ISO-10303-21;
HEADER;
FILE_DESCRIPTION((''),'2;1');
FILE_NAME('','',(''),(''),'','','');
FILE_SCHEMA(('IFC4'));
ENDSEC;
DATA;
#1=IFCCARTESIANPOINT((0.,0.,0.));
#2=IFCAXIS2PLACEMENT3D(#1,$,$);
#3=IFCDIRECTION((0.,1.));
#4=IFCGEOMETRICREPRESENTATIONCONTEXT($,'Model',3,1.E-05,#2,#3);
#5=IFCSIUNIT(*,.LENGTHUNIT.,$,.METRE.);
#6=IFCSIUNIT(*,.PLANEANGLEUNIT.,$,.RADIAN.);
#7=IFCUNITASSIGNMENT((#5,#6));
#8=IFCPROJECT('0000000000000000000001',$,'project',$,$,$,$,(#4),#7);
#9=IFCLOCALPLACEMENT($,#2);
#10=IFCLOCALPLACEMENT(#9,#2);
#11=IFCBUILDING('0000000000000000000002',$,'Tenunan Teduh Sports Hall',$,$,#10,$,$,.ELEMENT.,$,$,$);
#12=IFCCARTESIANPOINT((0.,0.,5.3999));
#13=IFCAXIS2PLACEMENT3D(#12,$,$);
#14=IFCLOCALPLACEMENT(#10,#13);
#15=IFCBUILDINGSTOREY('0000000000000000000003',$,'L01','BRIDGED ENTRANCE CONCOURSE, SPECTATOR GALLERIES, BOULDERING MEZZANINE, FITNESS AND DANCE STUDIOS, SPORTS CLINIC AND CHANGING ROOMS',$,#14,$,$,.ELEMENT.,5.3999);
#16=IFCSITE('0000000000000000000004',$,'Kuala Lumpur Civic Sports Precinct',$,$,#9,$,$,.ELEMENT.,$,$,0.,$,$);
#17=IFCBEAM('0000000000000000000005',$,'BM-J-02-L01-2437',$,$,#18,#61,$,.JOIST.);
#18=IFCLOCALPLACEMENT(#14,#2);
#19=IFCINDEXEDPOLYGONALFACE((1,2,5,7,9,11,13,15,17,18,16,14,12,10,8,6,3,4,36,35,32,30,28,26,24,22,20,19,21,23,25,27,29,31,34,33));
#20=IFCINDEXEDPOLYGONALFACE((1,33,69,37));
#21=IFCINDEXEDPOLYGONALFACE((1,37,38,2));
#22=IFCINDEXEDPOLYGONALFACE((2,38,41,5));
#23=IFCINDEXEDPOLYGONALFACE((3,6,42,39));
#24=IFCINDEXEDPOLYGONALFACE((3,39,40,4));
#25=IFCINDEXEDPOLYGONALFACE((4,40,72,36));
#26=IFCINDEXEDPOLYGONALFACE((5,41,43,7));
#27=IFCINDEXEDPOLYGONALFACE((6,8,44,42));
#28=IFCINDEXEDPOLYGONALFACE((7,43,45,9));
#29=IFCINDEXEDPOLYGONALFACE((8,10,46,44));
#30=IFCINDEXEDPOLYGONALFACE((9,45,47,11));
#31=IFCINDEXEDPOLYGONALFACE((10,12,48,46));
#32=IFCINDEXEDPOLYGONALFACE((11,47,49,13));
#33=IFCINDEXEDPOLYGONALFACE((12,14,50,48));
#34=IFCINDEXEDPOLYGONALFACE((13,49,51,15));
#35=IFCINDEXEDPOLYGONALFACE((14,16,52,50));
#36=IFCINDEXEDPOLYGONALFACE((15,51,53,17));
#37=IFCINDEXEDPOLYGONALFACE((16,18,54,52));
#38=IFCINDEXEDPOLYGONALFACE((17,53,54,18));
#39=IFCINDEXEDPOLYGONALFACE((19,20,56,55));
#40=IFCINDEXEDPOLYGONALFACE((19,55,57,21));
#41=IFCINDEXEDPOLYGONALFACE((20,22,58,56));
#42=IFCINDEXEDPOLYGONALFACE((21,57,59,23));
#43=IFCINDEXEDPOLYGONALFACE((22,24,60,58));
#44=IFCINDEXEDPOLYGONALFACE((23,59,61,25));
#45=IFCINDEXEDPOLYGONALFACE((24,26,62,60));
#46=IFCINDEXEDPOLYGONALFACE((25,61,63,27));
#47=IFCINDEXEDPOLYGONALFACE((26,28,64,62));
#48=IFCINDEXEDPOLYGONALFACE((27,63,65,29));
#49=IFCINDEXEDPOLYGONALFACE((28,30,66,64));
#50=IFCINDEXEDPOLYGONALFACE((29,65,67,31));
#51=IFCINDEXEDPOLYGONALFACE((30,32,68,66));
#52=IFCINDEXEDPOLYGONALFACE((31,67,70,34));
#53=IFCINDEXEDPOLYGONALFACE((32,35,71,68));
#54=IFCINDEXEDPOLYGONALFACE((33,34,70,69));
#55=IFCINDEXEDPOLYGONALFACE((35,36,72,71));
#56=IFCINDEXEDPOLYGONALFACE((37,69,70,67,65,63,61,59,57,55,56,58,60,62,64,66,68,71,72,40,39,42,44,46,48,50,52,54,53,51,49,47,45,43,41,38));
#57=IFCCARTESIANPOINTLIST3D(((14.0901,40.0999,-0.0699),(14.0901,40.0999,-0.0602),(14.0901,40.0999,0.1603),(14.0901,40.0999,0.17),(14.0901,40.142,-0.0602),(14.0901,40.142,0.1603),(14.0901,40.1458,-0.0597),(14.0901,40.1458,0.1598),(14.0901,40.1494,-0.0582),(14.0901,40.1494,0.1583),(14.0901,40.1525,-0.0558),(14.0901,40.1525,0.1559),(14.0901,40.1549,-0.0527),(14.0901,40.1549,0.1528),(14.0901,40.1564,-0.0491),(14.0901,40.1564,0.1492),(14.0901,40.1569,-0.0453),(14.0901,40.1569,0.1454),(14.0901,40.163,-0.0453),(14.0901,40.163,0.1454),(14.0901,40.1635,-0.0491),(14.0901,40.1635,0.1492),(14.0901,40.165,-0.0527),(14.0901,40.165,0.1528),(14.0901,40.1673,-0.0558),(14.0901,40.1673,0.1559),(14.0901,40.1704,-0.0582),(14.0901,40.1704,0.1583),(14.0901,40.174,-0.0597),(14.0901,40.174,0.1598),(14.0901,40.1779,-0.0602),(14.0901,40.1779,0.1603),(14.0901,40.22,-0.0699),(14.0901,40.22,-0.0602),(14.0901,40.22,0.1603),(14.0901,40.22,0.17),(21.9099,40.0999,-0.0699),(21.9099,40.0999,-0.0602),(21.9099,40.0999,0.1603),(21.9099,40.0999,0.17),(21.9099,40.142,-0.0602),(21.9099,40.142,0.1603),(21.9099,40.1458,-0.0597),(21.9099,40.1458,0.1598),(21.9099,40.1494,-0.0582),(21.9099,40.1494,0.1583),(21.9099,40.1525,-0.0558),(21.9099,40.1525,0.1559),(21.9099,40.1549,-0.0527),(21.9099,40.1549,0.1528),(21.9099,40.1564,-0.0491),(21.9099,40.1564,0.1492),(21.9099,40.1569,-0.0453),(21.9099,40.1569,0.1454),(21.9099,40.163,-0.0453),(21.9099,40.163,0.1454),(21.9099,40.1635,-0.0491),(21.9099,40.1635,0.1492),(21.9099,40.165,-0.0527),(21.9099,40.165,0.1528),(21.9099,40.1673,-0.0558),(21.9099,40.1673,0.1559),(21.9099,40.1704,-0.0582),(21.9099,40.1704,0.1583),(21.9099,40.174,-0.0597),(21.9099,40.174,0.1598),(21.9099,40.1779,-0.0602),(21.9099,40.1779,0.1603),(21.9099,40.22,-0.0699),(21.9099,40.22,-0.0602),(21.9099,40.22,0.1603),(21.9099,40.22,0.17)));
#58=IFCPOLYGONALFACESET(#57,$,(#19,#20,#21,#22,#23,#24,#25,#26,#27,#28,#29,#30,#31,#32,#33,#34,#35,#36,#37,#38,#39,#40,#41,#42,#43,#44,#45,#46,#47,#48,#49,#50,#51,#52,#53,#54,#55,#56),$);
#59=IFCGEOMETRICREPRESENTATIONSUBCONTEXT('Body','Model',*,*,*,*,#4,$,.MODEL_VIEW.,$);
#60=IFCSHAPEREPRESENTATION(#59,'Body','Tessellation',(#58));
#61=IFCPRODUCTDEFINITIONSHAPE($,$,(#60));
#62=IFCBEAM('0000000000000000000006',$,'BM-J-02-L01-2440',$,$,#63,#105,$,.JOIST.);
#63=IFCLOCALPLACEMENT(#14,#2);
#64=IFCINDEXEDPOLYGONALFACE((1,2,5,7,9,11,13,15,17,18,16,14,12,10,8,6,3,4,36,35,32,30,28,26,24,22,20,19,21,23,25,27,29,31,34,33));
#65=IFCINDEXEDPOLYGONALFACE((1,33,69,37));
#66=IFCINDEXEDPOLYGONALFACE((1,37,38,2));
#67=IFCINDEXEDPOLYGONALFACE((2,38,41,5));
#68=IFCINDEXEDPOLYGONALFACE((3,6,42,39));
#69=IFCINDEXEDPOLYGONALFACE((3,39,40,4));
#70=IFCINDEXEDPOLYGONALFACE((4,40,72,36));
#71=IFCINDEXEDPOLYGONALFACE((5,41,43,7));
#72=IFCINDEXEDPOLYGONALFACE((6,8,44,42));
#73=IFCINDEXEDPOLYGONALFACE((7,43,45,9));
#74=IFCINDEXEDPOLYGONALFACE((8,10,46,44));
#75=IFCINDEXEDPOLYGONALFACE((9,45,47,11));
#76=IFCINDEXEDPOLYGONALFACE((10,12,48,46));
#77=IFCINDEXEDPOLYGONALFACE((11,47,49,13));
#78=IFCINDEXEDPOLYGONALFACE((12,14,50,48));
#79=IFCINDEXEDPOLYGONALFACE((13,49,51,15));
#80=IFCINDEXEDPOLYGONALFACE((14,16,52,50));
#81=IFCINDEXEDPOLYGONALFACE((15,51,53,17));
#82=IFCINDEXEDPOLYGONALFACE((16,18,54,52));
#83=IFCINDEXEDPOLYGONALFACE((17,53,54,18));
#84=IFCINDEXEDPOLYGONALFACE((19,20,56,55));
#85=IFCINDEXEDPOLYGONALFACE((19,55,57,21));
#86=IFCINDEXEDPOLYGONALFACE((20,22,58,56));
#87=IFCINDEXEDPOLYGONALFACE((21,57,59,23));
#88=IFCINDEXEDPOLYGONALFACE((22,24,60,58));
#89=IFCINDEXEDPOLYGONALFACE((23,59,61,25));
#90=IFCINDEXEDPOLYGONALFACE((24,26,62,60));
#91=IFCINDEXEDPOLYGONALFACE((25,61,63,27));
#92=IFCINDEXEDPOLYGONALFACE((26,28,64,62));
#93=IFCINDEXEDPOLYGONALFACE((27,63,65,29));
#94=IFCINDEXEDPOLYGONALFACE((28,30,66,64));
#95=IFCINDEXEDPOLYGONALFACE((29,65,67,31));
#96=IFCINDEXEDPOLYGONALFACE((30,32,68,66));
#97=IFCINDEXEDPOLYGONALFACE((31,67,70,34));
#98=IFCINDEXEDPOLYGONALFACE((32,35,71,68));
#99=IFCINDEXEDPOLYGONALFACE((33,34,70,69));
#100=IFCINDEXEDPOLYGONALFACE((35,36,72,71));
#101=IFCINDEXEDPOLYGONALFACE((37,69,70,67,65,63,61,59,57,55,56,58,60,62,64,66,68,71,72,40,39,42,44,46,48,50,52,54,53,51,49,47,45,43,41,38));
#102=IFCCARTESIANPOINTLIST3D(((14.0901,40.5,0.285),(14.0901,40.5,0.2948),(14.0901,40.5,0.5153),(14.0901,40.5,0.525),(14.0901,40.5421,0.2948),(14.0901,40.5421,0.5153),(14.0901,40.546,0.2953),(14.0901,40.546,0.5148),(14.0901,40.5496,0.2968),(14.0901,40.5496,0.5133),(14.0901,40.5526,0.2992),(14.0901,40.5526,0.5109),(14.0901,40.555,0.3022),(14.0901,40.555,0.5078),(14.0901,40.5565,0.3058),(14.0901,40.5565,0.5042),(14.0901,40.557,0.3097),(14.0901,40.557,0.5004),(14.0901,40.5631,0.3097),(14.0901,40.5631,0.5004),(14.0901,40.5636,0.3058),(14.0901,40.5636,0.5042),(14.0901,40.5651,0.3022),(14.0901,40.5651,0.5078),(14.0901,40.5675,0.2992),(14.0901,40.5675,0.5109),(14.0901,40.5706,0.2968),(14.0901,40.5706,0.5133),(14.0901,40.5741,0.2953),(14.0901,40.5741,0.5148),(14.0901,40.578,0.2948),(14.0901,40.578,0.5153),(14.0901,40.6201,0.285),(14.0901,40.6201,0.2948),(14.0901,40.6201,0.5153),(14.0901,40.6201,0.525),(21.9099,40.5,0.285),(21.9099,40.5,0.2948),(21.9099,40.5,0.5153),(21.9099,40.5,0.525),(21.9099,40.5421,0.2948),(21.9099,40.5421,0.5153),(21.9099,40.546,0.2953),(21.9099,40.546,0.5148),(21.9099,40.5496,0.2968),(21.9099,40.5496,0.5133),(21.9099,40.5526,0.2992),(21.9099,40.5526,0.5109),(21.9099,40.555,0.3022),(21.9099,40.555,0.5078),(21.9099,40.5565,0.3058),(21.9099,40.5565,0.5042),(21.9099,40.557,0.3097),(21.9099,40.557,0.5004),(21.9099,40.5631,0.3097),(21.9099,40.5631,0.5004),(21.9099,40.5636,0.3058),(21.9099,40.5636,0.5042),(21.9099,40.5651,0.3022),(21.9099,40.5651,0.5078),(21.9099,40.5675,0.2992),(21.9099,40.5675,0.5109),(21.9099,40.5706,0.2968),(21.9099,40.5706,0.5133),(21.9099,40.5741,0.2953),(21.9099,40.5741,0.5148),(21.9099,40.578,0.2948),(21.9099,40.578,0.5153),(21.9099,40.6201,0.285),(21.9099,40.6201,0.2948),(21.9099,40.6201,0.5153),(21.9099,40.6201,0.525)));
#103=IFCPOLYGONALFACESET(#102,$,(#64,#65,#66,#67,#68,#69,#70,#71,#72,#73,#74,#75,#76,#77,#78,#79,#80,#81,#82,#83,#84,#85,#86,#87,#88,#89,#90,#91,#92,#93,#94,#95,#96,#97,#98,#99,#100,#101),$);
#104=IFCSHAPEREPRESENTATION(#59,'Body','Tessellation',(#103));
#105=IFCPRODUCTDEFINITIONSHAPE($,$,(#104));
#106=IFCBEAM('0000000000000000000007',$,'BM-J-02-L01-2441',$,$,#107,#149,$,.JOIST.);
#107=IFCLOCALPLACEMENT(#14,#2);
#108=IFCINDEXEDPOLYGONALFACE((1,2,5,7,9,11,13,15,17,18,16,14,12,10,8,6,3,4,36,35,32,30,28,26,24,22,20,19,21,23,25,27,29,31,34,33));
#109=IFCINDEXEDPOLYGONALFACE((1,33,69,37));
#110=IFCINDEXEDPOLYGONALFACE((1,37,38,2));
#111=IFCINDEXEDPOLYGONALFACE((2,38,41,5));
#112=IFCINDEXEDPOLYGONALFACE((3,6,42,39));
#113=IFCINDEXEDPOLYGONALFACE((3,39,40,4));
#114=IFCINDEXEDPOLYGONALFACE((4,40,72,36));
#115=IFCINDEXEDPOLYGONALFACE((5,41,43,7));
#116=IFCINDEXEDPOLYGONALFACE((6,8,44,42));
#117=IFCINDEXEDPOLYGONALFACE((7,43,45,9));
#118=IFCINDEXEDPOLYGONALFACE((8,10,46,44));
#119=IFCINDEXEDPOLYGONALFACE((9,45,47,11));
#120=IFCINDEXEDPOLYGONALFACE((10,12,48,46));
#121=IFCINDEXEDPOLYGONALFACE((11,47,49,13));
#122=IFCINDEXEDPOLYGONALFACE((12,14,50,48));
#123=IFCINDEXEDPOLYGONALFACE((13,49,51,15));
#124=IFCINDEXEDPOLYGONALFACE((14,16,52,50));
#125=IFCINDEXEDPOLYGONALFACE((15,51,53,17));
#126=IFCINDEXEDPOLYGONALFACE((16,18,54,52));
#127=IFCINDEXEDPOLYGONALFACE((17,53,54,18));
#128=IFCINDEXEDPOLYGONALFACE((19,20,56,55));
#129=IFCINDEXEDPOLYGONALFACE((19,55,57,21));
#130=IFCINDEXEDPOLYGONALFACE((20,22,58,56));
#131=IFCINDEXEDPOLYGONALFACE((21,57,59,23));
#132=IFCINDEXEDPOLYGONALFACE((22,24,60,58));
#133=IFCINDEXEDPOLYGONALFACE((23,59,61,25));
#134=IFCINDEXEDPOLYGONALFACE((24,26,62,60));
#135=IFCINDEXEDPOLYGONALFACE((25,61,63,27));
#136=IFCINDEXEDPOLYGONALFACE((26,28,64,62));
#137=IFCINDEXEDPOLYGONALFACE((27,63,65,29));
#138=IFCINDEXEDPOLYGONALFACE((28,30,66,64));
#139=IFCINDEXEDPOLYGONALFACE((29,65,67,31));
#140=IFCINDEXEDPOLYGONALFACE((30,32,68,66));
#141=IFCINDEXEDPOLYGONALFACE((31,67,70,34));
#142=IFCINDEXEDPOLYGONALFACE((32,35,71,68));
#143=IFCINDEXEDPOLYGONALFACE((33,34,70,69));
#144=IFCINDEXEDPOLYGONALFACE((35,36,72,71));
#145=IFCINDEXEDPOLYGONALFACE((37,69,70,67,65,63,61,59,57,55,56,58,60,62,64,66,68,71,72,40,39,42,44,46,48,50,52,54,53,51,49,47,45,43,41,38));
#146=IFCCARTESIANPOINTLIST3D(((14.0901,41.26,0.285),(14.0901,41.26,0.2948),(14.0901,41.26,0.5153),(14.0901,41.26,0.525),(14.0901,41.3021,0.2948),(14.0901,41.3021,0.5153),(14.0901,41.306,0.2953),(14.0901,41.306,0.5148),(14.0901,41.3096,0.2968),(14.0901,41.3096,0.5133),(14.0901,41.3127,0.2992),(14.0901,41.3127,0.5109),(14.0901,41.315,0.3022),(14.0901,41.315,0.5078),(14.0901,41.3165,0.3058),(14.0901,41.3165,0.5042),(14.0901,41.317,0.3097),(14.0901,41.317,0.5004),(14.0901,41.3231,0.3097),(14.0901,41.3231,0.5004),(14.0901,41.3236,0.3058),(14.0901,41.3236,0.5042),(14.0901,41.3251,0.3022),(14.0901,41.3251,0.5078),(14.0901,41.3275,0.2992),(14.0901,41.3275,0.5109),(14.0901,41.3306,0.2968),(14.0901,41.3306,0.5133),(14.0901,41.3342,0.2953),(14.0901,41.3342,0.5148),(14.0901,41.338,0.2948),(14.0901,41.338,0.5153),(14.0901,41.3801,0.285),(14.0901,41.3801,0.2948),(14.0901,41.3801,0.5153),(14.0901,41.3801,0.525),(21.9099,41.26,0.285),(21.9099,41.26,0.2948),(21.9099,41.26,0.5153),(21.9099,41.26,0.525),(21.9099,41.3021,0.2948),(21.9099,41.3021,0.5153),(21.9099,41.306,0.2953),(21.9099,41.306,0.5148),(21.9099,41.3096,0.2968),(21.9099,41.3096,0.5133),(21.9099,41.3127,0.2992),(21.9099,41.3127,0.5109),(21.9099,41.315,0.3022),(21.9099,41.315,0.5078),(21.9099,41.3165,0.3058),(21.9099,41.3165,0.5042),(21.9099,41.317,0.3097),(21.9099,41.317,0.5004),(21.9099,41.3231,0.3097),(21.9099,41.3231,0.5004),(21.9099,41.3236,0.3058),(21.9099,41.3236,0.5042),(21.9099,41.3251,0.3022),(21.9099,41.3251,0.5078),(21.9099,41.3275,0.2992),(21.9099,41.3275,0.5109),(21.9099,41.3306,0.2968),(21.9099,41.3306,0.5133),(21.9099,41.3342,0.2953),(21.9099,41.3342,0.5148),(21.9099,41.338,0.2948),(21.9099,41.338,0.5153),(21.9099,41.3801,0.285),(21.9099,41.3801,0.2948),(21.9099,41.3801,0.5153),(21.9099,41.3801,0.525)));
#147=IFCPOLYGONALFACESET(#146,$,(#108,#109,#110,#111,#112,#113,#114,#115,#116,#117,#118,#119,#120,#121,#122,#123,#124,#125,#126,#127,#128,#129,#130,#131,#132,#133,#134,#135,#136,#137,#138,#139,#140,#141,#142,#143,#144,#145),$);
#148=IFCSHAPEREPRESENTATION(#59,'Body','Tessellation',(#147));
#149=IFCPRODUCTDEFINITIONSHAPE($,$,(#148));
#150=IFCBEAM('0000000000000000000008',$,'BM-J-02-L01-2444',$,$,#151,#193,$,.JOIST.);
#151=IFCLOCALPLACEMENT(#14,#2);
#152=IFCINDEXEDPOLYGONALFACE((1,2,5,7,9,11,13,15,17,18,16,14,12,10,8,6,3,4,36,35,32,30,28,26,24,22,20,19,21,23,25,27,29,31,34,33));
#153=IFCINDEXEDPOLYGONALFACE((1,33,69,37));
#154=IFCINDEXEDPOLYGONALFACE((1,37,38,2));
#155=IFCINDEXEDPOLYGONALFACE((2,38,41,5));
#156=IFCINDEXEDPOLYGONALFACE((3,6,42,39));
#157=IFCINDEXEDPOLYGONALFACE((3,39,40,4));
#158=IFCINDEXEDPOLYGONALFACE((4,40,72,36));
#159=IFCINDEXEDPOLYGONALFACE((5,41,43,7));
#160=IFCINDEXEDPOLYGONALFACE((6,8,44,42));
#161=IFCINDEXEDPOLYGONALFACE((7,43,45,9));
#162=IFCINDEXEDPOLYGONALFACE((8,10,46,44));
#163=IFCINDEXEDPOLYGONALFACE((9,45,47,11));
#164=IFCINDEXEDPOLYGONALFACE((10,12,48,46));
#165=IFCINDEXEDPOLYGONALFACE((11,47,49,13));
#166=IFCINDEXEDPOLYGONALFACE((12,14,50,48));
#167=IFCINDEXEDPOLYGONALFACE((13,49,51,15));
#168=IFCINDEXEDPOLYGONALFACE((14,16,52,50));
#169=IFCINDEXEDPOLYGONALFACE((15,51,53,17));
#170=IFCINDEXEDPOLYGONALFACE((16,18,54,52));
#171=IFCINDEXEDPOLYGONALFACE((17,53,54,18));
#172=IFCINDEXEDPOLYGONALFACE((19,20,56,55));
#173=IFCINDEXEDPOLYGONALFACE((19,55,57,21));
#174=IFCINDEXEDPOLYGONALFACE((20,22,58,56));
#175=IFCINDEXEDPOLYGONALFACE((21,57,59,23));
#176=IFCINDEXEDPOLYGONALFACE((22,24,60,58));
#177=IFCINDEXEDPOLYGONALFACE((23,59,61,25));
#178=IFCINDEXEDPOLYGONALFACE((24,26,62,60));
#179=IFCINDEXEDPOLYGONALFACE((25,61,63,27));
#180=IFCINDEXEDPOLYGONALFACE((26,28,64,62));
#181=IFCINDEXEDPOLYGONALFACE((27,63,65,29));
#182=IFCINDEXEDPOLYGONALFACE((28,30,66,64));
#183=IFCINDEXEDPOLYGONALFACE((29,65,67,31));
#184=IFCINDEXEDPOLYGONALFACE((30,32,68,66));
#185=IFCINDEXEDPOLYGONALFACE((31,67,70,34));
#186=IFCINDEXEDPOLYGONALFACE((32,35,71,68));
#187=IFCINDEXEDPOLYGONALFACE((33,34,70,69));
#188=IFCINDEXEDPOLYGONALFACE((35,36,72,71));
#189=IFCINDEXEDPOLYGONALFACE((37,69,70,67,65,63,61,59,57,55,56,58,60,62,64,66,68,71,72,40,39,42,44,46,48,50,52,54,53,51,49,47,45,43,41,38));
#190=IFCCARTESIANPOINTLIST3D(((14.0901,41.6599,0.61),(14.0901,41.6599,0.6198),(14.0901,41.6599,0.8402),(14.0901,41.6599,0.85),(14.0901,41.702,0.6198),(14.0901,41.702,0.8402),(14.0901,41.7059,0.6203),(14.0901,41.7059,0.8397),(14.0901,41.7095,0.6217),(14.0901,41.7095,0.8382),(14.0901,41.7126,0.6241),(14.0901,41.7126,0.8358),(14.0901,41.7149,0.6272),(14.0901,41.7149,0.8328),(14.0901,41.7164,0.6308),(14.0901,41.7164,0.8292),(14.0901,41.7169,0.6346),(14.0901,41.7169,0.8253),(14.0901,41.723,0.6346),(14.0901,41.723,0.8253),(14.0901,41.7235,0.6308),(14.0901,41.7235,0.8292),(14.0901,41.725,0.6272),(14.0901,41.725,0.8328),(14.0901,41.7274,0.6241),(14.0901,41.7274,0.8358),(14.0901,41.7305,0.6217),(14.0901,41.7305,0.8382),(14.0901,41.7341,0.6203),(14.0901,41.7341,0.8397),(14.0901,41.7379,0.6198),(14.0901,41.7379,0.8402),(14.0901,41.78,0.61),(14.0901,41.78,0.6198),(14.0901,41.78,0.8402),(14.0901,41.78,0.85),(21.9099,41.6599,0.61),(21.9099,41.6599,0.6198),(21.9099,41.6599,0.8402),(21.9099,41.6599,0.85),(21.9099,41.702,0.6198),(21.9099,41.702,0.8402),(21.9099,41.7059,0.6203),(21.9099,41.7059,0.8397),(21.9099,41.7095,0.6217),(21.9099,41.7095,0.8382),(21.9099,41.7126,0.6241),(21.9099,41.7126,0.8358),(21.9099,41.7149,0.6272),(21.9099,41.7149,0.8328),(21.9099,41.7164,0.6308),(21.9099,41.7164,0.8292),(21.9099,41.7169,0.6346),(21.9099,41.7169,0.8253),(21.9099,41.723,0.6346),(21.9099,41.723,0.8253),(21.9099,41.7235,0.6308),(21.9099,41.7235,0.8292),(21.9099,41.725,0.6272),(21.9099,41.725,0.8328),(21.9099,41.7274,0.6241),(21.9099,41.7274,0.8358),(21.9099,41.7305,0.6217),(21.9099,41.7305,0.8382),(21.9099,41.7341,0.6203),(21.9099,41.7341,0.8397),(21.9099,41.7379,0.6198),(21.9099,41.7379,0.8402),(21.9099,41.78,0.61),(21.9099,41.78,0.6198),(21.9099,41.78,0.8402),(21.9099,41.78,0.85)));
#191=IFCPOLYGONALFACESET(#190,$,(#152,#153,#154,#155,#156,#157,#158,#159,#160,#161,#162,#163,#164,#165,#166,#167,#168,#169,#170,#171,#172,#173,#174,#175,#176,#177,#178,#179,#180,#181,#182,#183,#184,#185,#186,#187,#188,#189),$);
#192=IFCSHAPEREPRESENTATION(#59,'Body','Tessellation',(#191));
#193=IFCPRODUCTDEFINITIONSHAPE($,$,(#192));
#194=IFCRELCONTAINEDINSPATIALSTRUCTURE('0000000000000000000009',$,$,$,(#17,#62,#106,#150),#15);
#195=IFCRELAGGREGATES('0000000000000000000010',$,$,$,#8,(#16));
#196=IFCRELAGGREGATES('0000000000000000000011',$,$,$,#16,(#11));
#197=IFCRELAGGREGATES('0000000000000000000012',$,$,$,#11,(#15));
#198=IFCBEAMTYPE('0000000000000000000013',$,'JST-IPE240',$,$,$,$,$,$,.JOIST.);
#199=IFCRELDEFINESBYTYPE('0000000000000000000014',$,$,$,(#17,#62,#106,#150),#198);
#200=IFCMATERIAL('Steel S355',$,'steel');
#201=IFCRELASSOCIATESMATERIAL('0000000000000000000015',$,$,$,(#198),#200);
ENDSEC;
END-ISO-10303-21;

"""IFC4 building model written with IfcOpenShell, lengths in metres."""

from ifc_helpers import new_model, si_unit, direction, frame, origin, origin_2d, place, context, subcontext, project, spatial, i_section, extrude, material, material_profile, profile_set, type_object, element, save


model = new_model("IFC4")

# Units and contexts
model_context = context("Model", 3, precision=1e-05, world=origin(), true_north=direction((0.0, 1.0)))
body_context = subcontext(model_context, "Body", "Model", "MODEL_VIEW")
ifc_project = project(units=[si_unit("LENGTHUNIT", "METRE"), si_unit("PLANEANGLEUNIT", "RADIAN")], contexts=[model_context])

# Site, building, storey
site_placement = place(None, origin())
site = spatial("IfcSite", under=ifc_project, at=site_placement, Name="Kuala Lumpur Civic Sports Precinct", CompositionType="ELEMENT", RefElevation=0.0)
building_placement = place(site_placement, origin())
building = spatial("IfcBuilding", under=site, at=building_placement, Name="Tenunan Teduh Sports Hall", CompositionType="ELEMENT")
storey_placement = place(building_placement, frame((0.0, 0.0, 5.3999)))
storey = spatial("IfcBuildingStorey", under=building, at=storey_placement, Name="L01", Description="BRIDGED ENTRANCE CONCOURSE, SPECTATOR GALLERIES, BOULDERING MEZZANINE, FITNESS AND DANCE STUDIOS, SPORTS CLINIC AND CHANGING ROOMS", CompositionType="ELEMENT", Elevation=5.3999)

# Beams
ifc_material_1 = material(Name="Steel S355", Category="steel")
ifc_material_profile_1 = material_profile(ifc_material_1, i_section(OverallWidth=0.1201, OverallDepth=0.24, WebThickness=0.0061, FlangeThickness=0.0098, FilletRadius=0.0149, at=origin_2d()), Name="IPE 240")
ifc_profile_set_1 = profile_set([ifc_material_profile_1], Name="Steel S355")
beam_type_1 = type_object("IfcBeamType", Name="JST-IPE240", PredefinedType="JOIST", material=ifc_profile_set_1)
for number, where, z_axis, x_axis, name in (
    (1, (14.0901, 40.1599, 0.05), (1.0, 0.0, 0.0), (0.0, 1.0, 0.0), "BM-J-02-L01-2437"),
    (2, (14.0901, 40.5601, 0.405), (1.0, 0.0, 0.0), (0.0, 1.0, 0.0), "BM-J-02-L01-2440"),
    (3, (14.0901, 41.3201, 0.405), (1.0, 0.0, 0.0), (0.0, 1.0, 0.0), "BM-J-02-L01-2441"),
    (4, (14.0901, 41.72, 0.73), (1.0, 0.0, 0.0), (0.0, 1.0, 0.0), "BM-J-02-L01-2444"),
):
    element("IfcBeam", number, at=place(storey_placement, frame(where, z_axis=z_axis, x_axis=x_axis)), inside=storey, type_object=beam_type_1, Name=name, PredefinedType="JOIST", context=body_context, shape_type="SweptSolid", body=[
        extrude(i_section(OverallWidth=0.1201, OverallDepth=0.24, WebThickness=0.0061, FlangeThickness=0.0098, FilletRadius=0.0149, at=origin_2d()), origin(), (0.0, 0.0, 1.0), 7.8198),
    ])

save(model, "model.ifc")
